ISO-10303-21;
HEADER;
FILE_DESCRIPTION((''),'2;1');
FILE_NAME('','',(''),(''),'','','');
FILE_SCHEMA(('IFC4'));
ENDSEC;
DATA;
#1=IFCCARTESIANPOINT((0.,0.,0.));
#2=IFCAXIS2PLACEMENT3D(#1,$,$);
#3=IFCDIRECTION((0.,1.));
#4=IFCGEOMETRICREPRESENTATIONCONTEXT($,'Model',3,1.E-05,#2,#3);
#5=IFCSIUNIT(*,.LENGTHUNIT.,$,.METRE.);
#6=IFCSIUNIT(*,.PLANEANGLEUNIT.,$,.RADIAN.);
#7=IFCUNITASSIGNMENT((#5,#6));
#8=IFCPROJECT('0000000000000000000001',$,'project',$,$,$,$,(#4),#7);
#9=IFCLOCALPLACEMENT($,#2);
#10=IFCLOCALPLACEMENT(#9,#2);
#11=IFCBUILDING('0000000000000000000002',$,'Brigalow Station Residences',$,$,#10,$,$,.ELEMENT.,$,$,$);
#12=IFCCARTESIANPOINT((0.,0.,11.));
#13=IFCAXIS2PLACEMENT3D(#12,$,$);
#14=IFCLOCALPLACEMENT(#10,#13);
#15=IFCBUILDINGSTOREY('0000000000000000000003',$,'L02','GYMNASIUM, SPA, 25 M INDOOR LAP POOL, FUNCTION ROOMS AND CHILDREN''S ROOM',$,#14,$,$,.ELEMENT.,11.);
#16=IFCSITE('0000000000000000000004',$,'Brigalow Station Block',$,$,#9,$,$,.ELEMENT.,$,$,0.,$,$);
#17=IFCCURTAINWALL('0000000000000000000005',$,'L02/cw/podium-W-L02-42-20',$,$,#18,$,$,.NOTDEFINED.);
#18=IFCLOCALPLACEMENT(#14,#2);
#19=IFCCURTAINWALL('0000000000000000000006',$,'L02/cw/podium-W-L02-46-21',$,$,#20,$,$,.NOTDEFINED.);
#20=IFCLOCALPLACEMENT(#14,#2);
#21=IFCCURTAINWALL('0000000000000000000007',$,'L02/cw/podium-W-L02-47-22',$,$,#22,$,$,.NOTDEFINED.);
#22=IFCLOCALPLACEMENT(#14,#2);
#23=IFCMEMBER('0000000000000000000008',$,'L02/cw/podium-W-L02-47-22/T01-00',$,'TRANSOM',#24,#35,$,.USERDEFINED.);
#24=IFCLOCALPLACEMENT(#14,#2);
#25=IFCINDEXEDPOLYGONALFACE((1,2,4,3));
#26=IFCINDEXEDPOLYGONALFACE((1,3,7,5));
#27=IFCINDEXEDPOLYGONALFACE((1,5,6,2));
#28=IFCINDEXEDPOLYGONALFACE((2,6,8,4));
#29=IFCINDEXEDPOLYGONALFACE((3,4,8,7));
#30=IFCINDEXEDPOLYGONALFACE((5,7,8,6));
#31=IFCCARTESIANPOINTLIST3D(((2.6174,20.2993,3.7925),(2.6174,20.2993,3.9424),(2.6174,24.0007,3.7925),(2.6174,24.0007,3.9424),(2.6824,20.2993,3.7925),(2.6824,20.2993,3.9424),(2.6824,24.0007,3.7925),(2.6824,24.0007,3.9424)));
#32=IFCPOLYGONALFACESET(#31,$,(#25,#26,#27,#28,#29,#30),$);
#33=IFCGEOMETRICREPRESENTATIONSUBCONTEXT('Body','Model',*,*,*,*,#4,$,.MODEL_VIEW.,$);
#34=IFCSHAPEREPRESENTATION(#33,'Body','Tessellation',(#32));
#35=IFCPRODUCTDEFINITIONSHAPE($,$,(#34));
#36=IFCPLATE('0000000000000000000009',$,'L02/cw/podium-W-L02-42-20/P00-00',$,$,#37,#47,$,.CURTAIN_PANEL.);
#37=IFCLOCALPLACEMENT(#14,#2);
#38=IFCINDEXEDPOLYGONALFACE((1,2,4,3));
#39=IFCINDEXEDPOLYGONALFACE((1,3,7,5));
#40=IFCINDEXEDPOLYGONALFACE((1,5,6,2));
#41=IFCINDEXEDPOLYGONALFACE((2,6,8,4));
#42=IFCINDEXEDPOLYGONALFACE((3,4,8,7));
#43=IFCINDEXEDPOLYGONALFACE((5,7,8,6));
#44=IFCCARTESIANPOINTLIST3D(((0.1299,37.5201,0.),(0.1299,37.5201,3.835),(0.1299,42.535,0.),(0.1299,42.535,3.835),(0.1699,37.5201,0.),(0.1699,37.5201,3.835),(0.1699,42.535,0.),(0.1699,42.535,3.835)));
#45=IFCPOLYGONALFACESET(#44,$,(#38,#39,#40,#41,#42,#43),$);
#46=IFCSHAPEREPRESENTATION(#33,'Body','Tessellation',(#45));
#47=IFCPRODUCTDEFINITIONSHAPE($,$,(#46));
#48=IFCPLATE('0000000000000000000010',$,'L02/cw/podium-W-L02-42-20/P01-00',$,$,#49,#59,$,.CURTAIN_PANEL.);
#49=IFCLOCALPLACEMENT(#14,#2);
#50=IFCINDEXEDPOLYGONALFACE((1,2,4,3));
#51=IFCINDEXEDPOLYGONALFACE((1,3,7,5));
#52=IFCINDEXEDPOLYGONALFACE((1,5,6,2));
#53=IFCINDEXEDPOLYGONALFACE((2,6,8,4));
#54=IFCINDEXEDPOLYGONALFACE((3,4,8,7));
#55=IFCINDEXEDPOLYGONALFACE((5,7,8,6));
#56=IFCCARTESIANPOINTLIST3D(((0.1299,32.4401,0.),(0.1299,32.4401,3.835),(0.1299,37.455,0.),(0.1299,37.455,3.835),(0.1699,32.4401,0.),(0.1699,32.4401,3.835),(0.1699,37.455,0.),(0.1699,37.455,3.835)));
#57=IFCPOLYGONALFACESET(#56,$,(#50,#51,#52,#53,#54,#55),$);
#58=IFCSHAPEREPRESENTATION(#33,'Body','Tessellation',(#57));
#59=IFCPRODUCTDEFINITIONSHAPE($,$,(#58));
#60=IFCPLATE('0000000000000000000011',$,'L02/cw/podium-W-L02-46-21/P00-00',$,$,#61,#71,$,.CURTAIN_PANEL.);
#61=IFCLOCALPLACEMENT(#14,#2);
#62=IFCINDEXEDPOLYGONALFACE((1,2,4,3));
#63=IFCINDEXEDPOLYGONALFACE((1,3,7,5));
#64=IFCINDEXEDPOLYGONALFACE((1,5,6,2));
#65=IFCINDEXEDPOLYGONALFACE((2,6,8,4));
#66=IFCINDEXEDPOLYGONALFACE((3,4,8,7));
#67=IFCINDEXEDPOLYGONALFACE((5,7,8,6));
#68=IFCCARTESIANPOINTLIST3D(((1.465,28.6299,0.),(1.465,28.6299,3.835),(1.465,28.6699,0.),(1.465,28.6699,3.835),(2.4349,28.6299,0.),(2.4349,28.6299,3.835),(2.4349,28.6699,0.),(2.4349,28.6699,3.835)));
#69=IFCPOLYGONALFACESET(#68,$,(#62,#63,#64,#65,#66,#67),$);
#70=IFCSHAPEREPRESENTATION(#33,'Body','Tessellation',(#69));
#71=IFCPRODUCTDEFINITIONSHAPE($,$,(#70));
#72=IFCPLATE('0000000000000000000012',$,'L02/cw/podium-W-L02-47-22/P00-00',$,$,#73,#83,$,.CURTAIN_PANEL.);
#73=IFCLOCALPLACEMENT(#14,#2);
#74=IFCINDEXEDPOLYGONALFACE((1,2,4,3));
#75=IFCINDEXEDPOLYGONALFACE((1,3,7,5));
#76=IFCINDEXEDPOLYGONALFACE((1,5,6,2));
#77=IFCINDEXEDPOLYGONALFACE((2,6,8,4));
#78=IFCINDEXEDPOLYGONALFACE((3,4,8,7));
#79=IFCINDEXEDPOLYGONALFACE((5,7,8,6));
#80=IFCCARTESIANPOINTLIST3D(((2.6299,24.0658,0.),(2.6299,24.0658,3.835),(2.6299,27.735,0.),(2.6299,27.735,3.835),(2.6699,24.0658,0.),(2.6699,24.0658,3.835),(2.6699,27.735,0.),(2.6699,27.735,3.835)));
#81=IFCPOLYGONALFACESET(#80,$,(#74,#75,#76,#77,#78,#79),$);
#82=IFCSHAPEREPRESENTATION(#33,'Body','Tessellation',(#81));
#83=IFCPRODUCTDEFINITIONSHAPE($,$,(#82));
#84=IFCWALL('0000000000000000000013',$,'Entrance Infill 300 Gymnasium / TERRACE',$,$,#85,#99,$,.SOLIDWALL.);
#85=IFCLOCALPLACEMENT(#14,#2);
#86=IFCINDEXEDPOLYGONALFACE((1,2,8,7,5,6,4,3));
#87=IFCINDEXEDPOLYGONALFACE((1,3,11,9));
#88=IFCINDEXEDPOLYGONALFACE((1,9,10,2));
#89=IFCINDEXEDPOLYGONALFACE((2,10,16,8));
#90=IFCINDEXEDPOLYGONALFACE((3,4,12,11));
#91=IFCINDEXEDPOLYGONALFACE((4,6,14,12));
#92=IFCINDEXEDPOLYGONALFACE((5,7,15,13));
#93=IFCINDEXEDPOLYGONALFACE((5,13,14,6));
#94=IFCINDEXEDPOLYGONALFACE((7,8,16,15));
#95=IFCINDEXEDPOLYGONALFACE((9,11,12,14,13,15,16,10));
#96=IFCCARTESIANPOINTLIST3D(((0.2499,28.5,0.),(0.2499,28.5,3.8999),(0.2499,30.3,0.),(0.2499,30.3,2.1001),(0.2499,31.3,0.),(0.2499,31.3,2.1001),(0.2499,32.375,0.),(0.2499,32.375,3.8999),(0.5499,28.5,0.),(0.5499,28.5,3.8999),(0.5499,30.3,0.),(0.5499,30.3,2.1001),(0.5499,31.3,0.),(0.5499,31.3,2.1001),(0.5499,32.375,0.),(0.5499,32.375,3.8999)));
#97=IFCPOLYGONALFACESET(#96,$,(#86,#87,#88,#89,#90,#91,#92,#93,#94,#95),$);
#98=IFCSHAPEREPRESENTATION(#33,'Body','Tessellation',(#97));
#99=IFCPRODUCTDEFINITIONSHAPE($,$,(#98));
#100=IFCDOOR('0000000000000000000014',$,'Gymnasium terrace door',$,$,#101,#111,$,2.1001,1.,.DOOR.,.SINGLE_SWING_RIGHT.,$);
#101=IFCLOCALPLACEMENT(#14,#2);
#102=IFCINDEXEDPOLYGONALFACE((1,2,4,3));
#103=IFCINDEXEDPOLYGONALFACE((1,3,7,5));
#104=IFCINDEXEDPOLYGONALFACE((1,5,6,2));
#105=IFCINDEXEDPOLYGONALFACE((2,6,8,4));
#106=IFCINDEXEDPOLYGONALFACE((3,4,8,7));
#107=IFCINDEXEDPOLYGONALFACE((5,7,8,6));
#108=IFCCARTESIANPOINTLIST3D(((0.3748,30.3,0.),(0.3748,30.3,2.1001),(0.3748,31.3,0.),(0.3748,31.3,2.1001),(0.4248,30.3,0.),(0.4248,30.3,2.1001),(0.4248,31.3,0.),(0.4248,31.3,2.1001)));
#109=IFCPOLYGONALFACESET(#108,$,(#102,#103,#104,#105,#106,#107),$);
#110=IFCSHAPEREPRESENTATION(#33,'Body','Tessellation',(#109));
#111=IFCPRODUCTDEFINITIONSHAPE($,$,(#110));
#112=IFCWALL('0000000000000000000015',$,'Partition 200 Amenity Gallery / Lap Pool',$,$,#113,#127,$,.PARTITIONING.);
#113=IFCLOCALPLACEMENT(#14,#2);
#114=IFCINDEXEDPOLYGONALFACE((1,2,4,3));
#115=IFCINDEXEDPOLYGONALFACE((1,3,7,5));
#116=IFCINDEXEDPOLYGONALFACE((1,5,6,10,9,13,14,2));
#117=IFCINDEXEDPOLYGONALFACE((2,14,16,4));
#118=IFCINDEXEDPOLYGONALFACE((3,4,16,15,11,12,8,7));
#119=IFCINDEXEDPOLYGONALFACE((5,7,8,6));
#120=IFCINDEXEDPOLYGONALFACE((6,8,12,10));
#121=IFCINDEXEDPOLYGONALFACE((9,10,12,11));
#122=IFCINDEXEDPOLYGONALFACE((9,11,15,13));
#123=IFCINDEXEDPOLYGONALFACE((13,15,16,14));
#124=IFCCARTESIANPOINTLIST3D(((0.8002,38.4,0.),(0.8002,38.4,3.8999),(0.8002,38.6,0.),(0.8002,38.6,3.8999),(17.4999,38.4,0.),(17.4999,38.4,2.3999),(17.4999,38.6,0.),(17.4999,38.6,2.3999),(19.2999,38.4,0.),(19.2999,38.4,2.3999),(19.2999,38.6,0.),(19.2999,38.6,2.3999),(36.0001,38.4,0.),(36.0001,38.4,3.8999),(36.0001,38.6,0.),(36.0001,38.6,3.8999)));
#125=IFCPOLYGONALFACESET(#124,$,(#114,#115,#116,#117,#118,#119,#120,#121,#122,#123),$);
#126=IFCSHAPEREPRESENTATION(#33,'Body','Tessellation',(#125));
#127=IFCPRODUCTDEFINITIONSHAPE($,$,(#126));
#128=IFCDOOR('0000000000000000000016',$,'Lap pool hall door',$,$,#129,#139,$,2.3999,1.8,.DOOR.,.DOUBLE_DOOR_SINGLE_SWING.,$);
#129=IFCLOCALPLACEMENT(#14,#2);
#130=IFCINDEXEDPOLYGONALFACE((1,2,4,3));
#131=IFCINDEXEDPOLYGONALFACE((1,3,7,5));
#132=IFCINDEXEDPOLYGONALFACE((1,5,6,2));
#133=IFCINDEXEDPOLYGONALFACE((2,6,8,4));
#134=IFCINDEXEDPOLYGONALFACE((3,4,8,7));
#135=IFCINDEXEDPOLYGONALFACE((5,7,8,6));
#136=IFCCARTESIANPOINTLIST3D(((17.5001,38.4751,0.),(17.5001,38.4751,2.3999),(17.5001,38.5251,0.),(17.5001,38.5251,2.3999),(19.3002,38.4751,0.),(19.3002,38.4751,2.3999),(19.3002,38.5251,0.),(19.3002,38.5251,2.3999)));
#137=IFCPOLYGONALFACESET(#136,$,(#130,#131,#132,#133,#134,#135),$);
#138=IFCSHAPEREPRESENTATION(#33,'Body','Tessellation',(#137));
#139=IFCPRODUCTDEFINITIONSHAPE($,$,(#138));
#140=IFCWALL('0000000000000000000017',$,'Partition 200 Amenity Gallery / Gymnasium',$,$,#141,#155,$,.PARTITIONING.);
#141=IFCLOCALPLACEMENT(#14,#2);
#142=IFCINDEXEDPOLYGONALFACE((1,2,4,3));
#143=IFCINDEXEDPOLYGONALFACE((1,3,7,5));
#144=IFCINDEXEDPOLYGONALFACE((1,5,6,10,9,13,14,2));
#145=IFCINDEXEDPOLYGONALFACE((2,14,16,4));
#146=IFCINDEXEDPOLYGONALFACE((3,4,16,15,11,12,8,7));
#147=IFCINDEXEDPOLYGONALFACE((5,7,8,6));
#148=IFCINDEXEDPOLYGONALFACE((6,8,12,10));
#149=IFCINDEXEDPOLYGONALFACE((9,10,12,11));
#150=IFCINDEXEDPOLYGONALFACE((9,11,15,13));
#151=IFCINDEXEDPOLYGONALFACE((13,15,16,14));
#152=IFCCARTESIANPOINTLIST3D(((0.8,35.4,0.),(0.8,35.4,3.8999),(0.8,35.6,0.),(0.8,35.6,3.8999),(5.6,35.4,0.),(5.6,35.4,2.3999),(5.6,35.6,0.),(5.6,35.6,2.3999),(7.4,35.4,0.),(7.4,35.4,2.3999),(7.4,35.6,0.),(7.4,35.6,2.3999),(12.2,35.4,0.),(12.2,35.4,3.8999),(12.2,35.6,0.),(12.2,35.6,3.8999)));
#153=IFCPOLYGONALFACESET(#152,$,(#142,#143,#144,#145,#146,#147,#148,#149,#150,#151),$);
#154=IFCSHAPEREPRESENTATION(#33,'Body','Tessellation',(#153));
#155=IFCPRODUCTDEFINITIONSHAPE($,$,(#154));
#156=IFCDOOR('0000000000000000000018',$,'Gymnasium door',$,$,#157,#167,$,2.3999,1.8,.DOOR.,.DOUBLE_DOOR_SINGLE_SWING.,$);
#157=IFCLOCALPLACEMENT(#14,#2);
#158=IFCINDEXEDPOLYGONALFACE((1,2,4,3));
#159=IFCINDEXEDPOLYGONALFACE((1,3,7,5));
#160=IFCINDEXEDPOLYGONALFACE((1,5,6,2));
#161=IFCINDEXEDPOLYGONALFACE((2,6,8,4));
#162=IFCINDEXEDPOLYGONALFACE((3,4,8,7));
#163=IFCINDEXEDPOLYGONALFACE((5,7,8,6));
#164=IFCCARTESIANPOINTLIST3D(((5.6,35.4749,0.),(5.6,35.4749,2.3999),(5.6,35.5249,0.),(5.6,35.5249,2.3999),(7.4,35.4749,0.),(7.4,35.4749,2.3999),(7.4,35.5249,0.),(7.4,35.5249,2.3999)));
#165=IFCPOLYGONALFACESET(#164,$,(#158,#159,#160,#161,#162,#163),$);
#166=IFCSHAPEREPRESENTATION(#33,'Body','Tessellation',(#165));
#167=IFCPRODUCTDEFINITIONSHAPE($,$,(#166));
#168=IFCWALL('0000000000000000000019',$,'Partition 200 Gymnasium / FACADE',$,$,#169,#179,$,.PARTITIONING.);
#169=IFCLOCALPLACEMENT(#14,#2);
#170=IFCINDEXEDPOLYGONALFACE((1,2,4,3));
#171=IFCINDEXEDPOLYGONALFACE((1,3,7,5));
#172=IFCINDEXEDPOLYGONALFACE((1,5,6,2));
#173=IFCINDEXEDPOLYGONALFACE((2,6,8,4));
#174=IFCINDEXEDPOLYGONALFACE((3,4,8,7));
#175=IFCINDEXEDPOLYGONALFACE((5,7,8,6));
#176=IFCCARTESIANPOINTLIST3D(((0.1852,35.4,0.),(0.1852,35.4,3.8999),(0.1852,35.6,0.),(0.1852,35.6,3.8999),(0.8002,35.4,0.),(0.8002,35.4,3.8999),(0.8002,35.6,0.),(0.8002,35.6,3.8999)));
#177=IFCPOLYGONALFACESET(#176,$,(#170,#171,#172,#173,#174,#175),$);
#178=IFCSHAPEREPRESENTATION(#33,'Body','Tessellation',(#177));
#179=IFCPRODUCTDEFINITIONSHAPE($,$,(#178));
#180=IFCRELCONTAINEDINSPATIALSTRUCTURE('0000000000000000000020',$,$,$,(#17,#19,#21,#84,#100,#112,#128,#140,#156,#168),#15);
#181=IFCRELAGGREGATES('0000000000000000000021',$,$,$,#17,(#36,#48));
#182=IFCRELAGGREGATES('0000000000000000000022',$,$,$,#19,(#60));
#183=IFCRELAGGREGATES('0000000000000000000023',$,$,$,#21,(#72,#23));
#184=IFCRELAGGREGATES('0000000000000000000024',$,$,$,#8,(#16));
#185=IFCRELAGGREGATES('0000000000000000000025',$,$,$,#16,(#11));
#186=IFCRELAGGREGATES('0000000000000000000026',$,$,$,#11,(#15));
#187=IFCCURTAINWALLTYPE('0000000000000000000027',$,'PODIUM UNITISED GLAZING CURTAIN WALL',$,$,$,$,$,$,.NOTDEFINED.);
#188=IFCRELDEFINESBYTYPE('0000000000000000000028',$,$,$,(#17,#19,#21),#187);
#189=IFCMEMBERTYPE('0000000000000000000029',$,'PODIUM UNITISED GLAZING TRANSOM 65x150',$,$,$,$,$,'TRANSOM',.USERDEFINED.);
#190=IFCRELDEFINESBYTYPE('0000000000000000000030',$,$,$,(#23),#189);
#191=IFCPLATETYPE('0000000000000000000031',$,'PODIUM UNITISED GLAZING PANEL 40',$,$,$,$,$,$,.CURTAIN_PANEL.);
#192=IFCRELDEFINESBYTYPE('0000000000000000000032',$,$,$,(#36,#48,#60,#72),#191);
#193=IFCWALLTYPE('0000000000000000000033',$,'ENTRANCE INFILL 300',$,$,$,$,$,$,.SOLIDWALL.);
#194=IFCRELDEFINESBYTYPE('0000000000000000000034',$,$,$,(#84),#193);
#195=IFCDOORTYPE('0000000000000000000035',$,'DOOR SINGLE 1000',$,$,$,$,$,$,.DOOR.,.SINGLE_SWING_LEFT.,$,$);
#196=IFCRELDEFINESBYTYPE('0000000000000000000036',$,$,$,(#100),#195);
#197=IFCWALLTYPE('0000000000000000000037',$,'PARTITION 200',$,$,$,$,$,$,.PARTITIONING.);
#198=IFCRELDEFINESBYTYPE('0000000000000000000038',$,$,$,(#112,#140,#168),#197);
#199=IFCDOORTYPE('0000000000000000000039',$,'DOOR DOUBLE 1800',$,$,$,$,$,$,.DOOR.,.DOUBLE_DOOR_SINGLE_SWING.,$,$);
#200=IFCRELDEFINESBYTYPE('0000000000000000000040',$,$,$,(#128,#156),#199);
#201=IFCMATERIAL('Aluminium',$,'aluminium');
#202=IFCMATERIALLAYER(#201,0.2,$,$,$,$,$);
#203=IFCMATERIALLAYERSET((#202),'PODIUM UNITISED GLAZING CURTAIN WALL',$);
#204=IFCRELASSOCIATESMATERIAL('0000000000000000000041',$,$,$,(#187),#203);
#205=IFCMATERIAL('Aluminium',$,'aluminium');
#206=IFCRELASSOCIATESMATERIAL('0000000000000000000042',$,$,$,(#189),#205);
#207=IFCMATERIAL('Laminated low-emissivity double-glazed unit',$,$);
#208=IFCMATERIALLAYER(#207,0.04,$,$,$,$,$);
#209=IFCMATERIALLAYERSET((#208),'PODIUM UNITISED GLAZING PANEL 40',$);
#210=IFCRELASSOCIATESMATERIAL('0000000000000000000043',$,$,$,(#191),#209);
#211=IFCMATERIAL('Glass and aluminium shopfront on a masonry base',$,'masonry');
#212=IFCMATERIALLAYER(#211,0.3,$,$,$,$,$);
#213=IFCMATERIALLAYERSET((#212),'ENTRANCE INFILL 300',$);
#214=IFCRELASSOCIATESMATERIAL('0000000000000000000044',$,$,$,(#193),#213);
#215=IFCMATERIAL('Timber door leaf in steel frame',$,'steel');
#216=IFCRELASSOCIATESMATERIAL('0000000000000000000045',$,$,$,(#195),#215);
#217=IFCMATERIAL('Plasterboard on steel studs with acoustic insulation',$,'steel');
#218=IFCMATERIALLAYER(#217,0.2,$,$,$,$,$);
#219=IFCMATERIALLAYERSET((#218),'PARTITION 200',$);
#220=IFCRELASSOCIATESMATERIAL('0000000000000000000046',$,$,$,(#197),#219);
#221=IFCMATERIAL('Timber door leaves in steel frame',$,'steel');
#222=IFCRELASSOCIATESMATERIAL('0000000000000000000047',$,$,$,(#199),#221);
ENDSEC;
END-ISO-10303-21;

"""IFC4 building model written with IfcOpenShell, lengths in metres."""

from ifc_helpers import new_model, si_unit, direction, frame, frame_2d, origin, origin_2d, place, context, subcontext, project, spatial, rectangle, extrude, material, layer, layer_set, material_profile, profile_set, type_object, element, fill, aggregate, save


model = new_model("IFC4")

# Units and contexts
model_context = context("Model", 3, precision=1e-05, world=origin(), true_north=direction((0.0, 1.0)))
body_context = subcontext(model_context, "Body", "Model", "MODEL_VIEW")
ifc_project = project(units=[si_unit("LENGTHUNIT", "METRE"), si_unit("PLANEANGLEUNIT", "RADIAN")], contexts=[model_context])

# Site, building, storey
site_placement = place(None, origin())
site = spatial("IfcSite", under=ifc_project, at=site_placement, Name="Brigalow Station Block", CompositionType="ELEMENT", RefElevation=0.0)
building_placement = place(site_placement, origin())
building = spatial("IfcBuilding", under=site, at=building_placement, Name="Brigalow Station Residences", CompositionType="ELEMENT")
storey_placement = place(building_placement, frame((0.0, 0.0, 11.0)))
storey = spatial("IfcBuildingStorey", under=building, at=storey_placement, Name="L02", Description="GYMNASIUM, SPA, 25 M INDOOR LAP POOL, FUNCTION ROOMS AND CHILDREN'S ROOM", CompositionType="ELEMENT", Elevation=11.0)

# Curtain walls
ifc_material_1 = material(Name="Aluminium", Category="aluminium")
ifc_layer_1 = layer(ifc_material_1, 0.2)
ifc_layer_set_1 = layer_set([ifc_layer_1], Name="PODIUM UNITISED GLAZING CURTAIN WALL")
curtain_wall_type = type_object("IfcCurtainWallType", Name="PODIUM UNITISED GLAZING CURTAIN WALL", PredefinedType="NOTDEFINED", material=ifc_layer_set_1)
curtain_wall_1_placement = place(storey_placement, origin())
curtain_wall_1 = element("IfcCurtainWall", 1, at=curtain_wall_1_placement, inside=storey, type_object=curtain_wall_type, Name="L02/cw/podium-W-L02-42-20", PredefinedType="NOTDEFINED")
curtain_wall_2_placement = place(storey_placement, origin())
curtain_wall_2 = element("IfcCurtainWall", 2, at=curtain_wall_2_placement, inside=storey, type_object=curtain_wall_type, Name="L02/cw/podium-W-L02-46-21", PredefinedType="NOTDEFINED")
curtain_wall_3_placement = place(storey_placement, origin())
curtain_wall_3 = element("IfcCurtainWall", 3, at=curtain_wall_3_placement, inside=storey, type_object=curtain_wall_type, Name="L02/cw/podium-W-L02-47-22", PredefinedType="NOTDEFINED")

# Member
ifc_material_2 = material(Name="Aluminium", Category="aluminium")
ifc_material_profile_1 = material_profile(ifc_material_2, rectangle(XDim=0.0649, YDim=0.1499, at=origin_2d()), Name="PODIUM UNITISED GLAZING TRANSOM 65x150")
ifc_profile_set_1 = profile_set([ifc_material_profile_1], Name="Aluminium")
member_type_1 = type_object("IfcMemberType", Name="PODIUM UNITISED GLAZING TRANSOM 65x150", ElementType="TRANSOM", PredefinedType="USERDEFINED", material=ifc_profile_set_1)
member_1_placement = place(storey_placement, frame((2.6499, 24.0007, 3.8674), z_axis=(0.0, -1.0, 0.0), x_axis=(1.0, 0.0, 0.0)))
member_1 = element("IfcMember", 4, at=member_1_placement, type_object=member_type_1, Name="L02/cw/podium-W-L02-47-22/T01-00", ObjectType="TRANSOM", PredefinedType="USERDEFINED", context=body_context, shape_type="SweptSolid", body=[
    extrude(rectangle(XDim=0.0649, YDim=0.1499, at=origin_2d()), origin(), (0.0, 0.0, 1.0), 3.7014),
])

# Plates
ifc_material_3 = material(Name="Laminated low-emissivity double-glazed unit")
ifc_layer_2 = layer(ifc_material_3, 0.04)
ifc_layer_set_2 = layer_set([ifc_layer_2], Name="PODIUM UNITISED GLAZING PANEL 40")
plate_type = type_object("IfcPlateType", Name="PODIUM UNITISED GLAZING PANEL 40", PredefinedType="CURTAIN_PANEL", material=ifc_layer_set_2)
plate_1_placement = place(storey_placement, frame((0.1499, 40.0276, 0.0), z_axis=(0.0, 0.0, 1.0), x_axis=(0.0, -1.0, 0.0)))
plate_1 = element("IfcPlate", 5, at=plate_1_placement, type_object=plate_type, Name="L02/cw/podium-W-L02-42-20/P00-00", PredefinedType="CURTAIN_PANEL", context=body_context, shape_type="SweptSolid", body=[
    extrude(rectangle(XDim=5.0149, YDim=0.04, at=origin_2d()), origin(), (0.0, 0.0, 1.0), 3.835),
])
plate_2_placement = place(storey_placement, frame((0.1499, 34.9475, 0.0), z_axis=(0.0, 0.0, 1.0), x_axis=(0.0, -1.0, 0.0)))
plate_2 = element("IfcPlate", 6, at=plate_2_placement, type_object=plate_type, Name="L02/cw/podium-W-L02-42-20/P01-00", PredefinedType="CURTAIN_PANEL", context=body_context, shape_type="SweptSolid", body=[
    extrude(rectangle(XDim=5.0149, YDim=0.04, at=origin_2d()), origin(), (0.0, 0.0, 1.0), 3.835),
])
aggregate(curtain_wall_1, [plate_1, plate_2])
plate_3_placement = place(storey_placement, frame((1.95, 28.6499, 0.0), z_axis=(0.0, 0.0, 1.0), x_axis=(1.0, 0.0, 0.0)))
plate_3 = element("IfcPlate", 7, at=plate_3_placement, type_object=plate_type, Name="L02/cw/podium-W-L02-46-21/P00-00", PredefinedType="CURTAIN_PANEL", context=body_context, shape_type="SweptSolid", body=[
    extrude(rectangle(XDim=0.97, YDim=0.04, at=origin_2d()), origin(), (0.0, 0.0, 1.0), 3.835),
])
aggregate(curtain_wall_2, [plate_3])
plate_4_placement = place(storey_placement, frame((2.6499, 25.9004, 0.0), z_axis=(0.0, 0.0, 1.0), x_axis=(0.0, -1.0, 0.0)))
plate_4 = element("IfcPlate", 8, at=plate_4_placement, type_object=plate_type, Name="L02/cw/podium-W-L02-47-22/P00-00", PredefinedType="CURTAIN_PANEL", context=body_context, shape_type="SweptSolid", body=[
    extrude(rectangle(XDim=3.6692, YDim=0.04, at=origin_2d()), origin(), (0.0, 0.0, 1.0), 3.835),
])
aggregate(curtain_wall_3, [plate_4, member_1])

# Walls, openings, doors
ifc_material_4 = material(Name="Glass and aluminium shopfront on a masonry base", Category="masonry")
ifc_layer_3 = layer(ifc_material_4, 0.3)
ifc_layer_set_3 = layer_set([ifc_layer_3], Name="ENTRANCE INFILL 300")
wall_type_1 = type_object("IfcWallType", Name="ENTRANCE INFILL 300", PredefinedType="SOLIDWALL", material=ifc_layer_set_3)
wall_1_placement = place(storey_placement, frame((0.3999, 28.5, 0.0), z_axis=(0.0, 0.0, 1.0), x_axis=(0.0, 1.0, 0.0)))
wall_1 = element("IfcWall", 9, at=wall_1_placement, inside=storey, type_object=wall_type_1, Name="Entrance Infill 300 Gymnasium / TERRACE", PredefinedType="SOLIDWALL", context=body_context, shape_type="SweptSolid", body=[
    extrude(rectangle(XDim=3.875, YDim=0.3, at=frame_2d((1.9375, 0.0))), origin(), (0.0, 0.0, 1.0), 3.8999),
])
opening_1_placement = place(wall_1_placement, frame((1.8, 0.0, 0.0)))
opening_1 = element("IfcOpeningElement", 10, at=opening_1_placement, cuts=wall_1, PredefinedType="OPENING", context=body_context, shape_type="SweptSolid", body=[
    extrude(rectangle(XDim=1.0, YDim=2.1001, at=frame_2d((0.5, 1.05))), frame((0.0, 0.1602, 0.0), z_axis=(0.0, -1.0, 0.0), x_axis=(1.0, 0.0, 0.0)), (0.0, 0.0, 1.0), 0.3201),
])
ifc_material_5 = material(Name="Timber door leaf in steel frame", Category="steel")
door_type_1 = type_object("IfcDoorType", Name="DOOR SINGLE 1000", OperationType="SINGLE_SWING_LEFT", PredefinedType="DOOR", material=ifc_material_5)
door_1_placement = place(opening_1_placement, frame((1.0, 0.0, 0.0), z_axis=(0.0, 0.0, 1.0), x_axis=(-1.0, 0.0, 0.0)))
door_1 = element("IfcDoor", 11, at=door_1_placement, inside=storey, type_object=door_type_1, Name="Gymnasium terrace door", OperationType="SINGLE_SWING_RIGHT", OverallHeight=2.1001, OverallWidth=1.0, PredefinedType="DOOR", context=body_context, shape_type="SweptSolid", body=[
    extrude(rectangle(XDim=1.0, YDim=2.1001, at=frame_2d((0.5, 1.05))), frame((0.0, 0.0249, 0.0), z_axis=(0.0, -1.0, 0.0), x_axis=(1.0, 0.0, 0.0)), (0.0, 0.0, 1.0), 0.05),
])
fill(opening_1, door_1)
ifc_material_6 = material(Name="Plasterboard on steel studs with acoustic insulation", Category="steel")
ifc_layer_4 = layer(ifc_material_6, 0.2)
ifc_layer_set_4 = layer_set([ifc_layer_4], Name="PARTITION 200")
wall_type_2 = type_object("IfcWallType", Name="PARTITION 200", PredefinedType="PARTITIONING", material=ifc_layer_set_4)
wall_2_placement = place(storey_placement, frame((0.8, 38.5, 0.0), z_axis=(0.0, 0.0, 1.0), x_axis=(1.0, 0.0, 0.0)))
wall_2 = element("IfcWall", 12, at=wall_2_placement, inside=storey, type_object=wall_type_2, Name="Partition 200 Amenity Gallery / Lap Pool", PredefinedType="PARTITIONING", context=body_context, shape_type="SweptSolid", body=[
    extrude(rectangle(XDim=35.2, YDim=0.2, at=frame_2d((17.6001, 0.0))), origin(), (0.0, 0.0, 1.0), 3.8999),
])
opening_2_placement = place(wall_2_placement, frame((16.7, 0.0, 0.0)))
opening_2 = element("IfcOpeningElement", 13, at=opening_2_placement, cuts=wall_2, PredefinedType="OPENING", context=body_context, shape_type="SweptSolid", body=[
    extrude(rectangle(XDim=1.8, YDim=2.3999, at=frame_2d((0.8999, 1.2))), frame((0.0, 0.1099, 0.0), z_axis=(0.0, -1.0, 0.0), x_axis=(1.0, 0.0, 0.0)), (0.0, 0.0, 1.0), 0.22),
])
ifc_material_7 = material(Name="Timber door leaves in steel frame", Category="steel")
door_type_2 = type_object("IfcDoorType", Name="DOOR DOUBLE 1800", OperationType="DOUBLE_DOOR_SINGLE_SWING", PredefinedType="DOOR", material=ifc_material_7)
door_2_placement = place(opening_2_placement, frame((1.8, 0.0, 0.0), z_axis=(0.0, 0.0, 1.0), x_axis=(-1.0, 0.0, 0.0)))
door_2 = element("IfcDoor", 14, at=door_2_placement, inside=storey, type_object=door_type_2, Name="Lap pool hall door", OperationType="DOUBLE_DOOR_SINGLE_SWING", OverallHeight=2.3999, OverallWidth=1.8, PredefinedType="DOOR", context=body_context, shape_type="SweptSolid", body=[
    extrude(rectangle(XDim=1.8, YDim=2.3999, at=frame_2d((0.8999, 1.2))), frame((0.0, 0.0249, 0.0), z_axis=(0.0, -1.0, 0.0), x_axis=(1.0, 0.0, 0.0)), (0.0, 0.0, 1.0), 0.05),
])
fill(opening_2, door_2)
wall_3_placement = place(storey_placement, frame((0.8, 35.5, 0.0), z_axis=(0.0, 0.0, 1.0), x_axis=(1.0, 0.0, 0.0)))
wall_3 = element("IfcWall", 15, at=wall_3_placement, inside=storey, type_object=wall_type_2, Name="Partition 200 Amenity Gallery / Gymnasium", PredefinedType="PARTITIONING", context=body_context, shape_type="SweptSolid", body=[
    extrude(rectangle(XDim=11.3999, YDim=0.2, at=frame_2d((5.7, 0.0))), origin(), (0.0, 0.0, 1.0), 3.8999),
])
opening_3_placement = place(wall_3_placement, frame((4.8, 0.0, 0.0)))
opening_3 = element("IfcOpeningElement", 16, at=opening_3_placement, cuts=wall_3, PredefinedType="OPENING", context=body_context, shape_type="SweptSolid", body=[
    extrude(rectangle(XDim=1.8, YDim=2.3999, at=frame_2d((0.8999, 1.2))), frame((0.0, 0.1099, 0.0), z_axis=(0.0, -1.0, 0.0), x_axis=(1.0, 0.0, 0.0)), (0.0, 0.0, 1.0), 0.22),
])
door_3_placement = place(opening_3_placement, origin())
door_3 = element("IfcDoor", 17, at=door_3_placement, inside=storey, type_object=door_type_2, Name="Gymnasium door", OperationType="DOUBLE_DOOR_SINGLE_SWING", OverallHeight=2.3999, OverallWidth=1.8, PredefinedType="DOOR", context=body_context, shape_type="SweptSolid", body=[
    extrude(rectangle(XDim=1.8, YDim=2.3999, at=frame_2d((0.8999, 1.2))), frame((0.0, 0.0249, 0.0), z_axis=(0.0, -1.0, 0.0), x_axis=(1.0, 0.0, 0.0)), (0.0, 0.0, 1.0), 0.05),
])
fill(opening_3, door_3)

# Wall
for number, where, z_axis, x_axis, name in (
    (18, (0.1851, 35.5, 0.0), (0.0, 0.0, 1.0), (1.0, 0.0, 0.0), "Partition 200 Gymnasium / FACADE"),
):
    element("IfcWall", number, at=place(storey_placement, frame(where, z_axis=z_axis, x_axis=x_axis)), inside=storey, type_object=wall_type_2, Name=name, PredefinedType="PARTITIONING", context=body_context, shape_type="SweptSolid", body=[
        extrude(rectangle(XDim=0.615, YDim=0.2, at=frame_2d((0.3076, 0.0))), origin(), (0.0, 0.0, 1.0), 3.8999),
    ])

save(model, "model.ifc")
